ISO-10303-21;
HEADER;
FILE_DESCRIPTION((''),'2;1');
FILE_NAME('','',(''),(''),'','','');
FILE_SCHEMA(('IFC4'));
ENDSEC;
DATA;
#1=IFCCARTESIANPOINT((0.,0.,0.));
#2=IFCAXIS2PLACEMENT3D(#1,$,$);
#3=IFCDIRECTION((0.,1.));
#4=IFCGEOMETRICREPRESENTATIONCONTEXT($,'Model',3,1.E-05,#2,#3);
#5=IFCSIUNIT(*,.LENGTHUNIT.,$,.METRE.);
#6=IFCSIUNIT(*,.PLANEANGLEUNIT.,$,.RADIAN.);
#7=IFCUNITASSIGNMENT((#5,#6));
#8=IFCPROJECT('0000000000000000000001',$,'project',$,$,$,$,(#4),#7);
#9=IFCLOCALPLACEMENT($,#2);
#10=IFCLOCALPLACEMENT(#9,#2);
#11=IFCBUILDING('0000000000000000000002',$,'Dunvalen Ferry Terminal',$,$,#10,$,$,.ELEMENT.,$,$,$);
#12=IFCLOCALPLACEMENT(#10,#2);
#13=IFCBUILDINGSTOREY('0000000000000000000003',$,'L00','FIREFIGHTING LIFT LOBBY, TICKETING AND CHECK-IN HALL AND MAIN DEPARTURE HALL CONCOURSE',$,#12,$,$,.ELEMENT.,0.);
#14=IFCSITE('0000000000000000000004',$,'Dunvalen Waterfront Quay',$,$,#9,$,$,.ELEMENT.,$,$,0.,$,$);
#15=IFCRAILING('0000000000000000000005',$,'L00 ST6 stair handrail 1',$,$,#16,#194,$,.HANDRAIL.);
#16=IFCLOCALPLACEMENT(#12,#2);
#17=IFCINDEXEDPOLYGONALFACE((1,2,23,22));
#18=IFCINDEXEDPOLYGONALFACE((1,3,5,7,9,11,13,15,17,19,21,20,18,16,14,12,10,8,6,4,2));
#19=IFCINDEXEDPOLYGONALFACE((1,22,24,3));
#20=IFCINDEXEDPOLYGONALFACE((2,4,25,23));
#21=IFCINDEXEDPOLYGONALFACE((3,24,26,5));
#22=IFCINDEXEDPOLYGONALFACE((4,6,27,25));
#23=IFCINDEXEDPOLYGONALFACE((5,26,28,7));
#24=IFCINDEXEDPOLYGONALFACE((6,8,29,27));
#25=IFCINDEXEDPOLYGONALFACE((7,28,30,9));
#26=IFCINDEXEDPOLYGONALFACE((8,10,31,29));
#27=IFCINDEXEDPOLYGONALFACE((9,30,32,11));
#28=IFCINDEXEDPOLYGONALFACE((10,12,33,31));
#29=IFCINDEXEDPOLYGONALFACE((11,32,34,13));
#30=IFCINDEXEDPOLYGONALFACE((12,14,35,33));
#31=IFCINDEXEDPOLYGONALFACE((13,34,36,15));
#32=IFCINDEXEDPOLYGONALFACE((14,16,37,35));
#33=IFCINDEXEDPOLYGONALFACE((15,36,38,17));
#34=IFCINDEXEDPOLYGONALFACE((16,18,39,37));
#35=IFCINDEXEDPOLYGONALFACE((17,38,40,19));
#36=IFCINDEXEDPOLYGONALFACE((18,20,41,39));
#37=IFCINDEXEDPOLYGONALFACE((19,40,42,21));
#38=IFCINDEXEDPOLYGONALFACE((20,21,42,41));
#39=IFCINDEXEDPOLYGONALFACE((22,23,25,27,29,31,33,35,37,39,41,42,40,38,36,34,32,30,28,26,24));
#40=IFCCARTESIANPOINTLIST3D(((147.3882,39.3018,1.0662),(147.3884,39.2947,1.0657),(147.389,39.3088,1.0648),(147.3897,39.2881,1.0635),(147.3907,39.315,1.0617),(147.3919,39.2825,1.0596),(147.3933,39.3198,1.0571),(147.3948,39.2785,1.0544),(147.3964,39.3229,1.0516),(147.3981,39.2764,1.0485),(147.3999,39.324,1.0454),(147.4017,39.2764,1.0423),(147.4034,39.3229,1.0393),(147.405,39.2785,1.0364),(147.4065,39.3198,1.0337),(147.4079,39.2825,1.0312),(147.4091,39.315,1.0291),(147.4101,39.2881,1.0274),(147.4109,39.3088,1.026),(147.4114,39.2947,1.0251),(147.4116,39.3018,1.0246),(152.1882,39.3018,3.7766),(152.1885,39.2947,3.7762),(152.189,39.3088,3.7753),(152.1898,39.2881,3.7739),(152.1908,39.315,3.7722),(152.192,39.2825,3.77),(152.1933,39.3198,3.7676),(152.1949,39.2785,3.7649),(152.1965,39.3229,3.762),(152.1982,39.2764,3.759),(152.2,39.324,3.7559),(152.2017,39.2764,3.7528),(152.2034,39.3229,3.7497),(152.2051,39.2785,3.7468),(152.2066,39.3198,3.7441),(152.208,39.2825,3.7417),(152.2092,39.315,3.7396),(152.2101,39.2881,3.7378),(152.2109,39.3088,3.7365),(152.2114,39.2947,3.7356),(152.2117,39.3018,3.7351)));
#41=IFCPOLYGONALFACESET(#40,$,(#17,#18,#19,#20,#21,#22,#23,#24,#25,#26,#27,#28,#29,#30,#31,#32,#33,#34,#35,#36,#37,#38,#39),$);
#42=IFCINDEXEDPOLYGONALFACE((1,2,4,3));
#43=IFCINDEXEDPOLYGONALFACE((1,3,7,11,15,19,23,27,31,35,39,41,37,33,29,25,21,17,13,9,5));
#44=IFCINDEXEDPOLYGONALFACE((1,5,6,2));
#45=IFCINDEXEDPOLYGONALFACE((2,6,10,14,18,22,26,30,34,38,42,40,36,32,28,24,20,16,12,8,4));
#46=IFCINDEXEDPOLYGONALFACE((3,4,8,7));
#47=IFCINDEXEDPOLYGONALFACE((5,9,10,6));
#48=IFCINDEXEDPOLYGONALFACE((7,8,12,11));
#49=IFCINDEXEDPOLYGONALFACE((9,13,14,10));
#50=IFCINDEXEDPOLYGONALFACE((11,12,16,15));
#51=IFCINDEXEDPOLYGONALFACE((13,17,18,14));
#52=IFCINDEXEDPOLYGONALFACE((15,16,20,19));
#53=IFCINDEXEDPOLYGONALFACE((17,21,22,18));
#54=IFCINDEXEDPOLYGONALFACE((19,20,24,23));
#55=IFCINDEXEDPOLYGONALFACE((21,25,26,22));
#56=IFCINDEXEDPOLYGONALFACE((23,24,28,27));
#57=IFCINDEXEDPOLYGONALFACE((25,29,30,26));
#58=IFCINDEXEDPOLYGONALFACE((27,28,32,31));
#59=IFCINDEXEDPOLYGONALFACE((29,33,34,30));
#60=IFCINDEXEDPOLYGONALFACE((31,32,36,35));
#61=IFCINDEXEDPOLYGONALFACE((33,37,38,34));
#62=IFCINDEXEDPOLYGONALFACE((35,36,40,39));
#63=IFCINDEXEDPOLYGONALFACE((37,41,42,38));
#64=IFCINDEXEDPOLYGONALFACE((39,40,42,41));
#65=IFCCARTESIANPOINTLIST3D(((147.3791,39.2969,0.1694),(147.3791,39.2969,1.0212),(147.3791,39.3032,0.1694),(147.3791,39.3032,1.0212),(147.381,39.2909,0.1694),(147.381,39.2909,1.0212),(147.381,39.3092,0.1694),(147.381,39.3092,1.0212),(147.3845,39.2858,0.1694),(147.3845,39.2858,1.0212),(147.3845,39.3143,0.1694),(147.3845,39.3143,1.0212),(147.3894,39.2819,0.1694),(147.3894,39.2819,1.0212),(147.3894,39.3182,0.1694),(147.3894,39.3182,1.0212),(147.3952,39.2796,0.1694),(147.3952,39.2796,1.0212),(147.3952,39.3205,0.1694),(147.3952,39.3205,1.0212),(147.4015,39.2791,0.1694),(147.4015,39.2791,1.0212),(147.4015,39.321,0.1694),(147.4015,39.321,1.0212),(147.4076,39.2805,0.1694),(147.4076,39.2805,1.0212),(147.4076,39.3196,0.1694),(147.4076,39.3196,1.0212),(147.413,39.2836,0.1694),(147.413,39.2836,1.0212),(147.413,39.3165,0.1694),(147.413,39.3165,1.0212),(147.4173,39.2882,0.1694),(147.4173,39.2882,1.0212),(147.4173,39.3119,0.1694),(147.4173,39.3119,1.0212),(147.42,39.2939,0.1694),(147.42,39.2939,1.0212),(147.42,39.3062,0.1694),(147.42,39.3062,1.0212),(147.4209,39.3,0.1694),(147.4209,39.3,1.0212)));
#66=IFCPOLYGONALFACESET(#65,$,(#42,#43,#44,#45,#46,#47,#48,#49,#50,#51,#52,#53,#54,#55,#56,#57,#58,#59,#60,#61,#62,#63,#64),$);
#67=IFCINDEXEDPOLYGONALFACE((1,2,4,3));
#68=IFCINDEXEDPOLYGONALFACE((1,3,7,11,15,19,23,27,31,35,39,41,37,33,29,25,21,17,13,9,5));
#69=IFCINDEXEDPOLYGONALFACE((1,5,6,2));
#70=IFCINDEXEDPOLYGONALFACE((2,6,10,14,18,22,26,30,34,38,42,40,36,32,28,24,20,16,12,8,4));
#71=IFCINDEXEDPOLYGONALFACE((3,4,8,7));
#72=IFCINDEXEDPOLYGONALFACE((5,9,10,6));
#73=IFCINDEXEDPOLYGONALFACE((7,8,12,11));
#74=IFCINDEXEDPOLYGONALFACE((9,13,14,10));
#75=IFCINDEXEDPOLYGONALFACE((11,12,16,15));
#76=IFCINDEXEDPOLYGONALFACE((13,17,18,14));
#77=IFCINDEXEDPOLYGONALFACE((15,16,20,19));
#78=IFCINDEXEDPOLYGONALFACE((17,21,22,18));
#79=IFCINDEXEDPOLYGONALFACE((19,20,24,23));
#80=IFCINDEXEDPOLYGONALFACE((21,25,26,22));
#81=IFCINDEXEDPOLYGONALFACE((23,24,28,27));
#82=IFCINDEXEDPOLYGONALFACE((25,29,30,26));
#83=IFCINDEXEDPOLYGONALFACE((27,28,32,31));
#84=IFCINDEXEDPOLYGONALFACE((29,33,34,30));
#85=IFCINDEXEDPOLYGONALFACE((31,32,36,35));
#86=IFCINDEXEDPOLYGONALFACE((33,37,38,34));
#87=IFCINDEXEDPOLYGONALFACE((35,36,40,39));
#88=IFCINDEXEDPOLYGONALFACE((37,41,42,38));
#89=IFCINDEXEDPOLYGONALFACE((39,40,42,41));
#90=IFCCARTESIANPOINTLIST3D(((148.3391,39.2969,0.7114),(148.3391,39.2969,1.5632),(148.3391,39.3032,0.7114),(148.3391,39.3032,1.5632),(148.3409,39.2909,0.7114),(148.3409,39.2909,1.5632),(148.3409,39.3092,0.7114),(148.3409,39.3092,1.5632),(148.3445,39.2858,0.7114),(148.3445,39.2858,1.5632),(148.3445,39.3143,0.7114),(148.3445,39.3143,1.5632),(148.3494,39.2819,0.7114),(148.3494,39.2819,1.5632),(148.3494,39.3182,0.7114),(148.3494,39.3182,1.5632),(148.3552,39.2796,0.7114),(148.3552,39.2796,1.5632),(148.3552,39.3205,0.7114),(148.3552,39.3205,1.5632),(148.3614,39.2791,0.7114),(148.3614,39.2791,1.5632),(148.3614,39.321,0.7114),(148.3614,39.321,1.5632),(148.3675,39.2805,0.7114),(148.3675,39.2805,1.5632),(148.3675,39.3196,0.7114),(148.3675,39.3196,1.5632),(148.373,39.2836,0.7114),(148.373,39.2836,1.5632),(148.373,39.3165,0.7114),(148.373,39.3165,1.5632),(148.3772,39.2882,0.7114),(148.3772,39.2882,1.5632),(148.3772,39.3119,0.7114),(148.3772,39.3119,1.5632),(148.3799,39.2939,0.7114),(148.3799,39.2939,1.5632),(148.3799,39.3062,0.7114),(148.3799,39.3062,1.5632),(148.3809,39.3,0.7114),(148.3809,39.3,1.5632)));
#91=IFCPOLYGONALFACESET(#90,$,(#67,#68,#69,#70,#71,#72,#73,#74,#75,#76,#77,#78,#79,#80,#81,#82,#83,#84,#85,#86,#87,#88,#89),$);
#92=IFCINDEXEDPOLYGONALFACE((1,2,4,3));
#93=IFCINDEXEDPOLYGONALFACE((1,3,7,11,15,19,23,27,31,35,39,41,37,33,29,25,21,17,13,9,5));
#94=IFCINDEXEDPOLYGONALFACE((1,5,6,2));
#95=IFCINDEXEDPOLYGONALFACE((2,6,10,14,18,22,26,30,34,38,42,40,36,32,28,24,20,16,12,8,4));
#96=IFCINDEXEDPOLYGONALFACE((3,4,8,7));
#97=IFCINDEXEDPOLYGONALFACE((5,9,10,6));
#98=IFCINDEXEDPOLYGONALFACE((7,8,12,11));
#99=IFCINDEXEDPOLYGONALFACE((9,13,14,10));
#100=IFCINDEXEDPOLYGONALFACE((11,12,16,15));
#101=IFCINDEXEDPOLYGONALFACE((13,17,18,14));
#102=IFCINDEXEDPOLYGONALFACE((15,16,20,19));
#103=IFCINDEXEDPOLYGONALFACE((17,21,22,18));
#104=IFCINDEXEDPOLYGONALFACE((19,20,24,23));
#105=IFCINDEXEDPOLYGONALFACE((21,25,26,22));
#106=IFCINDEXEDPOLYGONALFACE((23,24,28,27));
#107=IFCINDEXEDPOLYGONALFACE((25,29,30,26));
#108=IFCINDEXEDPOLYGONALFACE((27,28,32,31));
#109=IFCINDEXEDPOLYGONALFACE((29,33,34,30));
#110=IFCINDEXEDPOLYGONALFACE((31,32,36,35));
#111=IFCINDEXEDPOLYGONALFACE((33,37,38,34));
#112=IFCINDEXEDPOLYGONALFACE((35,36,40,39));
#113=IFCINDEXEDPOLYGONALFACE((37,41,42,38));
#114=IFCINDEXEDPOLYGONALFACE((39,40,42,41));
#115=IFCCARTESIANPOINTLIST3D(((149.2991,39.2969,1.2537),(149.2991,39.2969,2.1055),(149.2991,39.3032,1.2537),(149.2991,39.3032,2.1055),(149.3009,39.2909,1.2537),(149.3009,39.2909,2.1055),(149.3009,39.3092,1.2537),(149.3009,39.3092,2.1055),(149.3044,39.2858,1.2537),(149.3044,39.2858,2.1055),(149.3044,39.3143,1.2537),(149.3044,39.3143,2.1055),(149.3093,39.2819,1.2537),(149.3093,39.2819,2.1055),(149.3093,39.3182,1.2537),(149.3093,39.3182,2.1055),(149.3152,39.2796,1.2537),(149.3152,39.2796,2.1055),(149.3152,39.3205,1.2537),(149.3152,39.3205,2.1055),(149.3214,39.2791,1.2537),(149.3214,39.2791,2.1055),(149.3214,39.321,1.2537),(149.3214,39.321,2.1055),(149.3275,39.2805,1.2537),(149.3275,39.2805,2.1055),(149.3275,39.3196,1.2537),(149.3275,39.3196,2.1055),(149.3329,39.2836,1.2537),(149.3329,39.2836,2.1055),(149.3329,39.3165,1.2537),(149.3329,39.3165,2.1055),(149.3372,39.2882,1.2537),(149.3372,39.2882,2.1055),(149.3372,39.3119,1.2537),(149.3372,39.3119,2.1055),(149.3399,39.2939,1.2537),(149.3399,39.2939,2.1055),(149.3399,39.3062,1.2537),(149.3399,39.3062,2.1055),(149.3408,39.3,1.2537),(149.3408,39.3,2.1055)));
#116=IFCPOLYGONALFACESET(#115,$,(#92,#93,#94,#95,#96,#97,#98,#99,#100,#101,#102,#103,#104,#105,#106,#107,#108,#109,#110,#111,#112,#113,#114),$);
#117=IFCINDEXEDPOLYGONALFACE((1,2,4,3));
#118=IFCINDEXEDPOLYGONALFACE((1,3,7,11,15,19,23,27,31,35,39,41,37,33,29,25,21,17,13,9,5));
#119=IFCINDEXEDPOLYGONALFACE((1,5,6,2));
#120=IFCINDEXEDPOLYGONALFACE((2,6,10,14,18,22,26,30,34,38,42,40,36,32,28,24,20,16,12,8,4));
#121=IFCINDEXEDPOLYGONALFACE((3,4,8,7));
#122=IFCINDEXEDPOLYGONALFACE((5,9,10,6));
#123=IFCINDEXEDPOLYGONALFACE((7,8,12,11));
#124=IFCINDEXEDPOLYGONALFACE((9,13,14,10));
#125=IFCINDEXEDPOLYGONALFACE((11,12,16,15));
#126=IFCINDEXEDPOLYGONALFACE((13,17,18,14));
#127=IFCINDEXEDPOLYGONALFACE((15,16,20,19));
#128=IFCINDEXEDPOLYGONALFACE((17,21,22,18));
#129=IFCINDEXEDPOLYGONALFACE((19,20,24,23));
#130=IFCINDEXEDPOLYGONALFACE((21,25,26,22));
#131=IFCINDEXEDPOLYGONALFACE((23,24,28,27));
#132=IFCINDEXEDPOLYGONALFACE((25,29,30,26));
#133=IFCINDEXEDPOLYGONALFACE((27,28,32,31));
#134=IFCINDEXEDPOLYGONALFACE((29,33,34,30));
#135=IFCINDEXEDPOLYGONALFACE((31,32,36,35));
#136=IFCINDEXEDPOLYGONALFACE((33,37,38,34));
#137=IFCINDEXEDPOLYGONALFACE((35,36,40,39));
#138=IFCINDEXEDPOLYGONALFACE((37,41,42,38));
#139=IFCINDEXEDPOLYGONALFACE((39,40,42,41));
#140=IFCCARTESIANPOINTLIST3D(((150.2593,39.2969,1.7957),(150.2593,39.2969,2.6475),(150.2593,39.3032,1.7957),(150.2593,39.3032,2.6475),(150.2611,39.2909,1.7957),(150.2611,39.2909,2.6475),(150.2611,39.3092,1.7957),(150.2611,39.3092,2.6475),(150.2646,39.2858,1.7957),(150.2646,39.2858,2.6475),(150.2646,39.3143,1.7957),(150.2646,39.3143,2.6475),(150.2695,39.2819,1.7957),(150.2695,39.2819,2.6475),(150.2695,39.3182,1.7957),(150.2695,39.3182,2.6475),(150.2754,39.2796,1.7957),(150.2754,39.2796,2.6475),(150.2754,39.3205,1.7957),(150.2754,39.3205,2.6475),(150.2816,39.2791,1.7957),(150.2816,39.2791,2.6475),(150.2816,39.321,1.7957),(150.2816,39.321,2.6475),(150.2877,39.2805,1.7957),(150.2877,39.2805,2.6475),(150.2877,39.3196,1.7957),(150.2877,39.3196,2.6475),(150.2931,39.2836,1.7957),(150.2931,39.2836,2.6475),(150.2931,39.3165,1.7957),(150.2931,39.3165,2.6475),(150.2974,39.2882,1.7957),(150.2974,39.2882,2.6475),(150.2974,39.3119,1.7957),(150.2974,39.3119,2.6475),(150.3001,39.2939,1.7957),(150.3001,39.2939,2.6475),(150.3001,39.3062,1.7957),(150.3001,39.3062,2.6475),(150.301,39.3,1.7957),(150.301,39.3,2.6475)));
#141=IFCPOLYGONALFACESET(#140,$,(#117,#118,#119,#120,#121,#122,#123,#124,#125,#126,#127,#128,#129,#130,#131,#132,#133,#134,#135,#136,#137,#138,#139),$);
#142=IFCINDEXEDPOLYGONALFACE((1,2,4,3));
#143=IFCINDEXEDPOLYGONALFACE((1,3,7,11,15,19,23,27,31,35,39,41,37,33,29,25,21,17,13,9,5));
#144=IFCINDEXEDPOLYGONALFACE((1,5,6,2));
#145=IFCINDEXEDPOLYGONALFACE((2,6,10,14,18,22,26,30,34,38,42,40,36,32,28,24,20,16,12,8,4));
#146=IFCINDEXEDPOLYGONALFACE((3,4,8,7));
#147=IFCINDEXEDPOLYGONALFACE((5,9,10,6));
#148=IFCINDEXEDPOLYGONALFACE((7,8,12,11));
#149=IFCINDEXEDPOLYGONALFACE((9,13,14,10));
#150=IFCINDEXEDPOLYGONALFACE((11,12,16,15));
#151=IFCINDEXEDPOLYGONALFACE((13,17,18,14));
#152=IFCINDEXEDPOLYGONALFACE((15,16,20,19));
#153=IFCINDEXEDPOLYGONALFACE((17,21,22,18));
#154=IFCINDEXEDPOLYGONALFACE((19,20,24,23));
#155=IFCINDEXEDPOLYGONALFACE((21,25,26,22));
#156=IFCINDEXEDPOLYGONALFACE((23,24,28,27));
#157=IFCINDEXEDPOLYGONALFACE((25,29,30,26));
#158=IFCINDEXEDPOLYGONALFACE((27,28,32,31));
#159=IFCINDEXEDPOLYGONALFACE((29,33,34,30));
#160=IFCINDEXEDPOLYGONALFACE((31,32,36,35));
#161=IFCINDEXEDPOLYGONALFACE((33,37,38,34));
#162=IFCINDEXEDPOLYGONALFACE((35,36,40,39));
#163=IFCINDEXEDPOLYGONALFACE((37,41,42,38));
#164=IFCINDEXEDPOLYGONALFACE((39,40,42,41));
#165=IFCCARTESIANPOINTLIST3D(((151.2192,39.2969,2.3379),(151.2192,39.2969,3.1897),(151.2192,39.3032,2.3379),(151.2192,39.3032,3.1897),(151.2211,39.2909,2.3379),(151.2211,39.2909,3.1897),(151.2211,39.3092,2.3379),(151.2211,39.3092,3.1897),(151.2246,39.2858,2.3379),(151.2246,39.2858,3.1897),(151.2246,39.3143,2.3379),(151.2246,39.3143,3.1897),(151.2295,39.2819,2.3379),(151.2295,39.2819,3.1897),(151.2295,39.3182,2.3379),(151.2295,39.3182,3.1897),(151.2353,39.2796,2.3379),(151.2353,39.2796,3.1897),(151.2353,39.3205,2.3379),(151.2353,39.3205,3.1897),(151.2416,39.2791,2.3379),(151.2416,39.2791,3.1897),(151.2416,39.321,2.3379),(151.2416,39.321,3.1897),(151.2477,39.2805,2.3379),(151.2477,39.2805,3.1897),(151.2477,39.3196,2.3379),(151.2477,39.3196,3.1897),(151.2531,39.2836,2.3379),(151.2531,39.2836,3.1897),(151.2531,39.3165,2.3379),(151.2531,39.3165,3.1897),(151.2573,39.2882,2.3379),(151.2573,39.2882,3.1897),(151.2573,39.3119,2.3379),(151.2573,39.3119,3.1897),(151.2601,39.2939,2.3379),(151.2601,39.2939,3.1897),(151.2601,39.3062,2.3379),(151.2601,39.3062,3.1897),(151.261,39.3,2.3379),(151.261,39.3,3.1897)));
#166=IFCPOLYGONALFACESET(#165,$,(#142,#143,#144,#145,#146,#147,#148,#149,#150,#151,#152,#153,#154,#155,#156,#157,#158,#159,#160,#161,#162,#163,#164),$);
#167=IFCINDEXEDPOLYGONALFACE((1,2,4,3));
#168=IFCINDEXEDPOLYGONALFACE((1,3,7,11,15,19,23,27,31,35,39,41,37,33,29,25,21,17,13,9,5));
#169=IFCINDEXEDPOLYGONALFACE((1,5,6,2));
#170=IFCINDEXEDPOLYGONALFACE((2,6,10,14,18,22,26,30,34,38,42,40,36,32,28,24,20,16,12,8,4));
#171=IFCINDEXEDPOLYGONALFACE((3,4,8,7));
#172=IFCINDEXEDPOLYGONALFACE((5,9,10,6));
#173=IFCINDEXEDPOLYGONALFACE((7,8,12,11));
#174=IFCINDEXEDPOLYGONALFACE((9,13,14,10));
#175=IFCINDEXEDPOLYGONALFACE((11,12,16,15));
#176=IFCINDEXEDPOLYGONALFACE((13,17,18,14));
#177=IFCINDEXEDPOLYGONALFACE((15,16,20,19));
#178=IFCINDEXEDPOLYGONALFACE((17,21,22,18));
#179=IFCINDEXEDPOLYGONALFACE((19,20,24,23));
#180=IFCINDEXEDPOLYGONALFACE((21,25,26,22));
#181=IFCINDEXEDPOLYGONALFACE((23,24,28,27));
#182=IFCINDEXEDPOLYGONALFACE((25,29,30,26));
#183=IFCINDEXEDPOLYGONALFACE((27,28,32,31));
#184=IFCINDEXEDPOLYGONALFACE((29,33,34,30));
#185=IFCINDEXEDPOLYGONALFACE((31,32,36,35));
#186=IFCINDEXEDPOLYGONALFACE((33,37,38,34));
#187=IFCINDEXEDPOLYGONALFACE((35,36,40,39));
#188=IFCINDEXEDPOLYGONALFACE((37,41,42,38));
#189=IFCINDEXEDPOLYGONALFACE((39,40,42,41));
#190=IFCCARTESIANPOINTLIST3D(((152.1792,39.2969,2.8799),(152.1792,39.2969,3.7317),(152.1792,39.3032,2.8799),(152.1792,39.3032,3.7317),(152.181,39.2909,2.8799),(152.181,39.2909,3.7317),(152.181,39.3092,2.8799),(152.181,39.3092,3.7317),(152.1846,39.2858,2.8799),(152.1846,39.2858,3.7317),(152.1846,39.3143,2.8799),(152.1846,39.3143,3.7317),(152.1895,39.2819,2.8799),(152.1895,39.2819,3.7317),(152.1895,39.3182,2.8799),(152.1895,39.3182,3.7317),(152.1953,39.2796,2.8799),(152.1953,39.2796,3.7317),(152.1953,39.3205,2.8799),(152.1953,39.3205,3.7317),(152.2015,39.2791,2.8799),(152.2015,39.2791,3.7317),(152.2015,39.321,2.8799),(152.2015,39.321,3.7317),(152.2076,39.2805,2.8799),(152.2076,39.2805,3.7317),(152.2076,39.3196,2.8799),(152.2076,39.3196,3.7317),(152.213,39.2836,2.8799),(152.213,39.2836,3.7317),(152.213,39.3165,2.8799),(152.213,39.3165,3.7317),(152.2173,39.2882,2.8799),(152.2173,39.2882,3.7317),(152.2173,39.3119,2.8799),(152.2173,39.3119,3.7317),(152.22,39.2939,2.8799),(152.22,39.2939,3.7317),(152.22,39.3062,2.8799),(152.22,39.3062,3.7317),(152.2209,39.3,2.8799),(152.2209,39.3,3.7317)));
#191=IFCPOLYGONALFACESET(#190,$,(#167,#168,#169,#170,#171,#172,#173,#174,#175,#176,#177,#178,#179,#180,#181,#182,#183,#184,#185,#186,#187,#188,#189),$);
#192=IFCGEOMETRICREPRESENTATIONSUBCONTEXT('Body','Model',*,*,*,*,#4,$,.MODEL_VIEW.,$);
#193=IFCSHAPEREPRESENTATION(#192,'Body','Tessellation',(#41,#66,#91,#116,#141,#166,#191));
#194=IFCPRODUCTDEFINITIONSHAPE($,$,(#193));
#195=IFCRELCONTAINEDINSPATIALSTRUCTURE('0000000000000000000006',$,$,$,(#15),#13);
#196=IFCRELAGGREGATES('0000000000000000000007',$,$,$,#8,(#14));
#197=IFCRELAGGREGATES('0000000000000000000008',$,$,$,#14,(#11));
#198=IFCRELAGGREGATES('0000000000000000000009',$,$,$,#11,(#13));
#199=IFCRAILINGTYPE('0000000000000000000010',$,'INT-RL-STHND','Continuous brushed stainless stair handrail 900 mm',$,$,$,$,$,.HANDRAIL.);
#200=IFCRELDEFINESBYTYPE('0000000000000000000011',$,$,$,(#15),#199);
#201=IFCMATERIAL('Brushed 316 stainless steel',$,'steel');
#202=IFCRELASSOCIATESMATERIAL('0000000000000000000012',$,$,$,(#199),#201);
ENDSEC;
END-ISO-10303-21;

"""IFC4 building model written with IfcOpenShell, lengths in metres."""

from ifc_helpers import new_model, si_unit, direction, frame, origin, origin_2d, place, context, subcontext, project, spatial, circle, extrude, material, type_object, element, save


model = new_model("IFC4")

# Units and contexts
model_context = context("Model", 3, precision=1e-05, world=origin(), true_north=direction((0.0, 1.0)))
body_context = subcontext(model_context, "Body", "Model", "MODEL_VIEW")
ifc_project = project(units=[si_unit("LENGTHUNIT", "METRE"), si_unit("PLANEANGLEUNIT", "RADIAN")], contexts=[model_context])

# Site, building, storey
site_placement = place(None, origin())
site = spatial("IfcSite", under=ifc_project, at=site_placement, Name="Dunvalen Waterfront Quay", CompositionType="ELEMENT", RefElevation=0.0)
building_placement = place(site_placement, origin())
building = spatial("IfcBuilding", under=site, at=building_placement, Name="Dunvalen Ferry Terminal", CompositionType="ELEMENT")
storey_placement = place(building_placement, origin())
storey = spatial("IfcBuildingStorey", under=building, at=storey_placement, Name="L00", Description="FIREFIGHTING LIFT LOBBY, TICKETING AND CHECK-IN HALL AND MAIN DEPARTURE HALL CONCOURSE", CompositionType="ELEMENT", Elevation=0.0)

# Railing
ifc_material_1 = material(Name="Brushed 316 stainless steel", Category="steel")
railing_type_1 = type_object("IfcRailingType", Name="INT-RL-STHND", Description="Continuous brushed stainless stair handrail 900 mm", PredefinedType="HANDRAIL", material=ifc_material_1)
railing_1_placement = place(storey_placement, frame((147.3999, 39.3, 0.1694)))
element("IfcRailing", 1, at=railing_1_placement, inside=storey, type_object=railing_type_1, Name="L00 ST6 stair handrail 1", PredefinedType="HANDRAIL", context=body_context, shape_type="SweptSolid", body=[
    extrude(circle(Radius=0.0239, at=origin_2d()), frame((0.0, 0.0, 0.876), z_axis=(0.870767, 0.0, 0.491697), x_axis=(0.0, 1.0, 0.0)), (0.0, 0.0, 1.0), 5.5125),
    extrude(circle(Radius=0.021, at=origin_2d()), origin(), (0.0, 0.0, 1.0), 0.8518),
    extrude(circle(Radius=0.021, at=origin_2d()), frame((0.96, 0.0, 0.542)), (0.0, 0.0, 1.0), 0.8518),
    extrude(circle(Radius=0.021, at=origin_2d()), frame((1.9199, 0.0, 1.0842)), (0.0, 0.0, 1.0), 0.8518),
    extrude(circle(Radius=0.021, at=origin_2d()), frame((2.8801, 0.0, 1.6262)), (0.0, 0.0, 1.0), 0.8518),
    extrude(circle(Radius=0.021, at=origin_2d()), frame((3.8401, 0.0, 2.1685)), (0.0, 0.0, 1.0), 0.8518),
    extrude(circle(Radius=0.021, at=origin_2d()), frame((4.8, 0.0, 2.7104)), (0.0, 0.0, 1.0), 0.8518),
])

save(model, "model.ifc")
